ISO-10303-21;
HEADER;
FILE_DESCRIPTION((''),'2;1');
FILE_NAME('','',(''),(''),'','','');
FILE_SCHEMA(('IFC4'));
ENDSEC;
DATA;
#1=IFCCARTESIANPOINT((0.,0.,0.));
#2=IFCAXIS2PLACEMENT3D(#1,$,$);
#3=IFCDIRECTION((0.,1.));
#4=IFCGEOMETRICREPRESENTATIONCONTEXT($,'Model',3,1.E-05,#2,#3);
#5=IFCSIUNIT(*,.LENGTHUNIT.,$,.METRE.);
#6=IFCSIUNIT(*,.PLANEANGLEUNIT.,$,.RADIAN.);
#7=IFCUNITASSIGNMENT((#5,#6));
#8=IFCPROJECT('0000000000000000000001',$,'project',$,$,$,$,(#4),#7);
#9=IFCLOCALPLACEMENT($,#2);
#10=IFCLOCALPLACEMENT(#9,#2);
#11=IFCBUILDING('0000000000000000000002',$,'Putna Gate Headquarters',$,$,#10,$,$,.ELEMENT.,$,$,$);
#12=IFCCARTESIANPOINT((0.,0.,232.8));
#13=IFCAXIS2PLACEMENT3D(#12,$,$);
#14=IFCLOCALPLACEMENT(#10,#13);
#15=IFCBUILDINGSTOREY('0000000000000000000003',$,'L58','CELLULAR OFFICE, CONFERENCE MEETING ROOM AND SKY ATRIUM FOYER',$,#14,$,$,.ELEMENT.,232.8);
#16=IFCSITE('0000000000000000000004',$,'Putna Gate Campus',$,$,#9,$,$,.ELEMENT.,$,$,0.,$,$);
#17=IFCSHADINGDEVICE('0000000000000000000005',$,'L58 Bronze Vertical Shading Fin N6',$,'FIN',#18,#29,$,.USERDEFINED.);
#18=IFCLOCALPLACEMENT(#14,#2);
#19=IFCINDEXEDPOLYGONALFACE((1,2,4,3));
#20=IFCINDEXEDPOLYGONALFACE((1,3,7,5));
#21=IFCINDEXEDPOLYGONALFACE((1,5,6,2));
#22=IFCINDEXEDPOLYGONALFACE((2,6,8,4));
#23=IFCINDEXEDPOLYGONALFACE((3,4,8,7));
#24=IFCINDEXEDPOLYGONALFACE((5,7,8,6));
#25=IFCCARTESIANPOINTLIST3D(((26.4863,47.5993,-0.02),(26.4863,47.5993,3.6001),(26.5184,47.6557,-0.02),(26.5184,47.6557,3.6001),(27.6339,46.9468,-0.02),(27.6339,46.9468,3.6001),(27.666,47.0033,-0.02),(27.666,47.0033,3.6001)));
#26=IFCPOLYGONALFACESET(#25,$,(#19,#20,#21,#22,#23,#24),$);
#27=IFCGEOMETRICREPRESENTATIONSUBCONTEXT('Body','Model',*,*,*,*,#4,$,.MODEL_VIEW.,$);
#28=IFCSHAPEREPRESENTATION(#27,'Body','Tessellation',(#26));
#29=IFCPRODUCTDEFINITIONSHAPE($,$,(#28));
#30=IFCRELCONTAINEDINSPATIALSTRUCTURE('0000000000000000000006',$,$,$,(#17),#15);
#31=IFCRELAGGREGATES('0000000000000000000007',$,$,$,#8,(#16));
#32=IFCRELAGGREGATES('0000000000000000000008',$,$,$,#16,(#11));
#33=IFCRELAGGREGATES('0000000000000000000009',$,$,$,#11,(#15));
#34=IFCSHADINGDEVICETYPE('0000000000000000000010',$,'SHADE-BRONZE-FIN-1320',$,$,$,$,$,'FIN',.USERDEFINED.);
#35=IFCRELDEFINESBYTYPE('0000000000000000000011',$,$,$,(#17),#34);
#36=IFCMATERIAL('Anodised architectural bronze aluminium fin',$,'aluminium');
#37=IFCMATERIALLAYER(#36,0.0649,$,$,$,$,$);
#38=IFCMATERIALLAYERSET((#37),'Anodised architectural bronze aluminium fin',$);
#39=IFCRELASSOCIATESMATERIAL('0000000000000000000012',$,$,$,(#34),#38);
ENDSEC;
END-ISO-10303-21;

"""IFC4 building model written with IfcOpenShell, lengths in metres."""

from ifc_helpers import new_model, si_unit, direction, frame, origin, origin_2d, place, context, subcontext, project, spatial, rectangle, extrude, material, layer, layer_set, type_object, element, save


model = new_model("IFC4")

# Units and contexts
model_context = context("Model", 3, precision=1e-05, world=origin(), true_north=direction((0.0, 1.0)))
body_context = subcontext(model_context, "Body", "Model", "MODEL_VIEW")
ifc_project = project(units=[si_unit("LENGTHUNIT", "METRE"), si_unit("PLANEANGLEUNIT", "RADIAN")], contexts=[model_context])

# Site, building, storey
site_placement = place(None, origin())
site = spatial("IfcSite", under=ifc_project, at=site_placement, Name="Putna Gate Campus", CompositionType="ELEMENT", RefElevation=0.0)
building_placement = place(site_placement, origin())
building = spatial("IfcBuilding", under=site, at=building_placement, Name="Putna Gate Headquarters", CompositionType="ELEMENT")
storey_placement = place(building_placement, frame((0.0, 0.0, 232.8)))
storey = spatial("IfcBuildingStorey", under=building, at=storey_placement, Name="L58", Description="CELLULAR OFFICE, CONFERENCE MEETING ROOM AND SKY ATRIUM FOYER", CompositionType="ELEMENT", Elevation=232.8)

# Shading device
ifc_material_1 = material(Name="Anodised architectural bronze aluminium fin", Category="aluminium")
ifc_layer_1 = layer(ifc_material_1, 0.0649)
ifc_layer_set_1 = layer_set([ifc_layer_1], Name="Anodised architectural bronze aluminium fin")
shading_device_type = type_object("IfcShadingDeviceType", Name="SHADE-BRONZE-FIN-1320", ElementType="FIN", PredefinedType="USERDEFINED", material=ifc_layer_set_1)
for number, where, z_axis, x_axis, name in (
    (1, (27.0762, 47.3013, -0.02), (0.0, 0.0, 1.0), (-0.869322, 0.494245, 0.0), "L58 Bronze Vertical Shading Fin N6"),
):
    element("IfcShadingDevice", number, at=place(storey_placement, frame(where, z_axis=z_axis, x_axis=x_axis)), inside=storey, type_object=shading_device_type, Name=name, ObjectType="FIN", PredefinedType="USERDEFINED", context=body_context, shape_type="SweptSolid", body=[
        extrude(rectangle(XDim=1.3201, YDim=0.0649, at=origin_2d()), origin(), (0.0, 0.0, 1.0), 3.6201),
    ])

save(model, "model.ifc")
